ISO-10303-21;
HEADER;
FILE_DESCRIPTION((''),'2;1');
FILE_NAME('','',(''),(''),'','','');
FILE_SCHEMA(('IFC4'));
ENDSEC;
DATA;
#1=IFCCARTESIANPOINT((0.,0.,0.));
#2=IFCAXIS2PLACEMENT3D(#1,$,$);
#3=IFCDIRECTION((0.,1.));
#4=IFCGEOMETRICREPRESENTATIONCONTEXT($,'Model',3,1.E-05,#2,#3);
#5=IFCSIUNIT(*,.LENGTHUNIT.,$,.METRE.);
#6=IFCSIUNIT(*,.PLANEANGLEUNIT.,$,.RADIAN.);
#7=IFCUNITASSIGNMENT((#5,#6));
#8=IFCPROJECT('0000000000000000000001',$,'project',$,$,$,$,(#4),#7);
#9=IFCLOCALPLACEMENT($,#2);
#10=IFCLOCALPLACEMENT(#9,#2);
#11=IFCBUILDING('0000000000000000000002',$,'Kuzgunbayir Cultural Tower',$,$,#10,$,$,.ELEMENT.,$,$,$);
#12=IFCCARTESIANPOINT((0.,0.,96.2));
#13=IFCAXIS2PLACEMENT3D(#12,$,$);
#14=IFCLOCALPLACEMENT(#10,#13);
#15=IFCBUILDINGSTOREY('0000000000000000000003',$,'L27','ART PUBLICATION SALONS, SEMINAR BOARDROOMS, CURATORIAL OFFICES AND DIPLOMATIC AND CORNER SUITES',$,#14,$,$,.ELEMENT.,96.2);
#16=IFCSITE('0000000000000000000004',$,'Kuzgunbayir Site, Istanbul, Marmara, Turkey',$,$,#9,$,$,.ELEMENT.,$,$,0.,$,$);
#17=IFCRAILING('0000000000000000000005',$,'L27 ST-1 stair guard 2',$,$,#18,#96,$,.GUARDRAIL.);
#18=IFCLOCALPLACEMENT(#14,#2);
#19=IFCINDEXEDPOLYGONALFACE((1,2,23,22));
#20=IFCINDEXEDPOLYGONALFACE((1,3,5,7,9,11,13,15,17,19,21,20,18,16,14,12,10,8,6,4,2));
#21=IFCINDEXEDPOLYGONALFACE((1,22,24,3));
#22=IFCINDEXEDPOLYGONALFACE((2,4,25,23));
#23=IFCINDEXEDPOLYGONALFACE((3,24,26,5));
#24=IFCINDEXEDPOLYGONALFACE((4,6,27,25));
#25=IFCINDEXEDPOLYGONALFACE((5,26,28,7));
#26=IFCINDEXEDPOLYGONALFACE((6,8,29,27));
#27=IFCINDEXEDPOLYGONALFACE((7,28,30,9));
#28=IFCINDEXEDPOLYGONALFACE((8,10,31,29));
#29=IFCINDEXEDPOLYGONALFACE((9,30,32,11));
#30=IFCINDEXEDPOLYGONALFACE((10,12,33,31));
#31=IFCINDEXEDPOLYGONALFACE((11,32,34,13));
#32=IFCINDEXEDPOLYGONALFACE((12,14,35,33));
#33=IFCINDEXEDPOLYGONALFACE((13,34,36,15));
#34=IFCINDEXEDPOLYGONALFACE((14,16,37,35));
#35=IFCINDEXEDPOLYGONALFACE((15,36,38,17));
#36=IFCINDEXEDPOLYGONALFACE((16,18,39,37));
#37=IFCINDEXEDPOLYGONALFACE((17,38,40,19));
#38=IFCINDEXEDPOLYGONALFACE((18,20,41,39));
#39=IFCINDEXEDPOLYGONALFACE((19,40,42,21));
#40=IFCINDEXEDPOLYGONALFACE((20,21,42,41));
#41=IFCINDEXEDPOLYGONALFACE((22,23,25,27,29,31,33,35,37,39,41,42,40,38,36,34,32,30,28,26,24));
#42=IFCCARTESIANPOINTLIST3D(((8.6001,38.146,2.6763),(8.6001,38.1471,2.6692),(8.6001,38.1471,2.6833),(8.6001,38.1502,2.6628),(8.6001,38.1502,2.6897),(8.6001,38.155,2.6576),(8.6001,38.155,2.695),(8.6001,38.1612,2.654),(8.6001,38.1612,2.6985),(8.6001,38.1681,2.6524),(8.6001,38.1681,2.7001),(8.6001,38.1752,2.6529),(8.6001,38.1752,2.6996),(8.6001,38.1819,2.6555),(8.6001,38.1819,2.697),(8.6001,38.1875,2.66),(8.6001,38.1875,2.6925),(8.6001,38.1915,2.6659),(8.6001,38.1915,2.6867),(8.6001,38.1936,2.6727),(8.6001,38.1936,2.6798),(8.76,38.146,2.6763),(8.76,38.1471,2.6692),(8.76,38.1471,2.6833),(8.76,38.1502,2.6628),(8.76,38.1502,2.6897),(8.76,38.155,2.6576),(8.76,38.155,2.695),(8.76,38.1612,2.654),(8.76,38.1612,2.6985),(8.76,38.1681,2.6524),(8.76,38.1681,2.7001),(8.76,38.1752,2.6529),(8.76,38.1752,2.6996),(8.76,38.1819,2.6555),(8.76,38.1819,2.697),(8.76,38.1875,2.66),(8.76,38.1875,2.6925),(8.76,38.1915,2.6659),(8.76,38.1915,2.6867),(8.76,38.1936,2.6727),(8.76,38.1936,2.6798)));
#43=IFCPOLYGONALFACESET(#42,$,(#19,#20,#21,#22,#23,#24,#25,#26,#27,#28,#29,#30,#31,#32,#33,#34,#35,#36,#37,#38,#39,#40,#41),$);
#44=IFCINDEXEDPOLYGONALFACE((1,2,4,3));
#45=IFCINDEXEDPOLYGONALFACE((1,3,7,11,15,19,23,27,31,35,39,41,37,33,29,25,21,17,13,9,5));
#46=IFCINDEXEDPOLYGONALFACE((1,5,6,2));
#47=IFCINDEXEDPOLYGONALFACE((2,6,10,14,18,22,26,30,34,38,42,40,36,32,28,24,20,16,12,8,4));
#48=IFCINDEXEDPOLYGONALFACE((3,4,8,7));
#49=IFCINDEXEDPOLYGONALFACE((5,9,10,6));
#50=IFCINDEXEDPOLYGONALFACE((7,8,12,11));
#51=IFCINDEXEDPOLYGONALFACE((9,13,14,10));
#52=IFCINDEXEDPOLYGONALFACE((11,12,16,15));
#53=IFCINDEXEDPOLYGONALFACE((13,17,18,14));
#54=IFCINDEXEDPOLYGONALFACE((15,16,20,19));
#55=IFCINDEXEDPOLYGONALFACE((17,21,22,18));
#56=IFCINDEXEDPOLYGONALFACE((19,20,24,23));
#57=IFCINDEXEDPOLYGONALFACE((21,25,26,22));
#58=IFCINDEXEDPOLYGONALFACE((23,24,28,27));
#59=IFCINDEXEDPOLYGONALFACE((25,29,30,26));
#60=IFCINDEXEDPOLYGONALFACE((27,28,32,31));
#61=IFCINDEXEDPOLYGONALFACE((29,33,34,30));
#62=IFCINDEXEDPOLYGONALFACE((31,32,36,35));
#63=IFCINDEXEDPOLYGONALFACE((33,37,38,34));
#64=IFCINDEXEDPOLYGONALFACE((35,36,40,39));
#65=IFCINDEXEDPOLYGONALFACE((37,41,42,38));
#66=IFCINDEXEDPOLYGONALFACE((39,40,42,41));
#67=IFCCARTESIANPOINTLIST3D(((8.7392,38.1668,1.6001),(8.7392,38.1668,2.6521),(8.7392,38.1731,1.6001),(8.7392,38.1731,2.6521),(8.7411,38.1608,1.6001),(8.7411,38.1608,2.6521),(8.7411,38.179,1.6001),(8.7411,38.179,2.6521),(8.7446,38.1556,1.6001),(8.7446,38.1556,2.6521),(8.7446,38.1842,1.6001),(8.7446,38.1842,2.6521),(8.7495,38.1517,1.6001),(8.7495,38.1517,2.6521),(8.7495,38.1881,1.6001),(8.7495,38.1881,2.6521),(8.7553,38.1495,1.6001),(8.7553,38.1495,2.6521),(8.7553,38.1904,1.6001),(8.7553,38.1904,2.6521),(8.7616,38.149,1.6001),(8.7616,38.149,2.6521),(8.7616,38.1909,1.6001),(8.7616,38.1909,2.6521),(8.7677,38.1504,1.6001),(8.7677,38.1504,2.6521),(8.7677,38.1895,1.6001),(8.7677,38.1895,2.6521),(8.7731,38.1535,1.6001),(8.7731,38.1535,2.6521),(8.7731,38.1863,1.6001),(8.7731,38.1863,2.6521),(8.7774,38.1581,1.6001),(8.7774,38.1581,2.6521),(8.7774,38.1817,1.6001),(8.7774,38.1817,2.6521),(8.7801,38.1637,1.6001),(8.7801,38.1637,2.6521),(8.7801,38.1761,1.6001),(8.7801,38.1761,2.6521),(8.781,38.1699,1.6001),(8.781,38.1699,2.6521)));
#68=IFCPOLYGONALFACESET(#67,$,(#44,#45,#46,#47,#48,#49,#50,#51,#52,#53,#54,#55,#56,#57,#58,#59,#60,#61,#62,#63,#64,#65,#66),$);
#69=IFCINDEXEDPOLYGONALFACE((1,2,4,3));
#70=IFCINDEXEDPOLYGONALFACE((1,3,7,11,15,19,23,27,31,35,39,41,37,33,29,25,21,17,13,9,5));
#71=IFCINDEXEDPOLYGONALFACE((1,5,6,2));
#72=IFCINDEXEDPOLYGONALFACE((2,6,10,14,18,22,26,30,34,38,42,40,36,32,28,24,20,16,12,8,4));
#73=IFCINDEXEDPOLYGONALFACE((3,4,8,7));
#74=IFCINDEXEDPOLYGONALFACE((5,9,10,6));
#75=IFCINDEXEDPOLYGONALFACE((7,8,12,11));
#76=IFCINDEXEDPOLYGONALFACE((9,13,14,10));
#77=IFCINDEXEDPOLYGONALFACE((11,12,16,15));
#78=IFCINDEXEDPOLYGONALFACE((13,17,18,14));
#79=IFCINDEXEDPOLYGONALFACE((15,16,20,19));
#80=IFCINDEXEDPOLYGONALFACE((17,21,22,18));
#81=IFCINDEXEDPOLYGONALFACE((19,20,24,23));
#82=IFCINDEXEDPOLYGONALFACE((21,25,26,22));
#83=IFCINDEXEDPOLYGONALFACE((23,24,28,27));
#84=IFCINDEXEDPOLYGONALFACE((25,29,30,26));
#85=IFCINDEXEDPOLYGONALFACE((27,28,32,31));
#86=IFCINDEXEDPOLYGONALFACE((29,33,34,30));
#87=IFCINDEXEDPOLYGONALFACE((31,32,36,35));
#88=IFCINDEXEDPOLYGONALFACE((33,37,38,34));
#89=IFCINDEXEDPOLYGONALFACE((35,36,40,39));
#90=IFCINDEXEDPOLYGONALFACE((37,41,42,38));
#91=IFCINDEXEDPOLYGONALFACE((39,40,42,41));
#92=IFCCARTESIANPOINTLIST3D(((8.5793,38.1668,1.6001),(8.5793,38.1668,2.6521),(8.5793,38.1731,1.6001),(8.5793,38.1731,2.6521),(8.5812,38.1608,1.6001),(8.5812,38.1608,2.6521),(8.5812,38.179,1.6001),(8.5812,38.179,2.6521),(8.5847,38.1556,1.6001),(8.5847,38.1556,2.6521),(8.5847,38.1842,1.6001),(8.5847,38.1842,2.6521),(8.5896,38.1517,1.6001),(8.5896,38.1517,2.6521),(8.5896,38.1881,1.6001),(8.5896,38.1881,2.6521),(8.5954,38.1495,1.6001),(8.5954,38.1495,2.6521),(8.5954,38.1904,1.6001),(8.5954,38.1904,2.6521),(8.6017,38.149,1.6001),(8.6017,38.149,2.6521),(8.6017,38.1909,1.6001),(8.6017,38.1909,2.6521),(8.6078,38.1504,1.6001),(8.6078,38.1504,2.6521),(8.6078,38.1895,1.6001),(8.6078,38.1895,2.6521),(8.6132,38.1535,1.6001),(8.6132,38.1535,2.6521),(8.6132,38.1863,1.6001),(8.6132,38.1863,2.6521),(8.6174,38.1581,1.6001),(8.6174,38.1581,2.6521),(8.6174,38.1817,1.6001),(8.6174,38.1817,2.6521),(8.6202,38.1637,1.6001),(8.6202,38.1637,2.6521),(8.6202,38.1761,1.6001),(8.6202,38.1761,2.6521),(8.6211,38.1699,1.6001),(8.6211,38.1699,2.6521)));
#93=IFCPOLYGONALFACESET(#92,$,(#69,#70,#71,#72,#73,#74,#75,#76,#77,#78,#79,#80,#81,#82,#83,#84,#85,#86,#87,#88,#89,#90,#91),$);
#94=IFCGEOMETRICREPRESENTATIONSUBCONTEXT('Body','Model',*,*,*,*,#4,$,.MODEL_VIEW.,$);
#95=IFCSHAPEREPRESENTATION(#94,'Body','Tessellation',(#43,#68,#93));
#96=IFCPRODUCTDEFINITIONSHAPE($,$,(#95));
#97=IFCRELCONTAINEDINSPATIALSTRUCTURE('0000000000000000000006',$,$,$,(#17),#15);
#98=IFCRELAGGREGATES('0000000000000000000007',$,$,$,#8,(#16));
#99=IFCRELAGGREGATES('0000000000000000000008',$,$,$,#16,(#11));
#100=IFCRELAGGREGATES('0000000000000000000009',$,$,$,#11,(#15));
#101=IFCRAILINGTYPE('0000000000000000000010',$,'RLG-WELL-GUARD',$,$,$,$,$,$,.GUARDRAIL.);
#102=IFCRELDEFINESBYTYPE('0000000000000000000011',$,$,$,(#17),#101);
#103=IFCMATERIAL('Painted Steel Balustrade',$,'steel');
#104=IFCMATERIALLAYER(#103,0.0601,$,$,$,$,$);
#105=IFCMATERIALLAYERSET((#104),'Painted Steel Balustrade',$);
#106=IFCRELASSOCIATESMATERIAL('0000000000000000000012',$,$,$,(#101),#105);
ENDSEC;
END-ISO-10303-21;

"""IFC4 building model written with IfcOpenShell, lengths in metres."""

from ifc_helpers import new_model, si_unit, direction, frame, origin, origin_2d, place, context, subcontext, project, spatial, circle, extrude, material, layer, layer_set, type_object, element, save


model = new_model("IFC4")

# Units and contexts
model_context = context("Model", 3, precision=1e-05, world=origin(), true_north=direction((0.0, 1.0)))
body_context = subcontext(model_context, "Body", "Model", "MODEL_VIEW")
ifc_project = project(units=[si_unit("LENGTHUNIT", "METRE"), si_unit("PLANEANGLEUNIT", "RADIAN")], contexts=[model_context])

# Site, building, storey
site_placement = place(None, origin())
site = spatial("IfcSite", under=ifc_project, at=site_placement, Name="Kuzgunbayir Site, Istanbul, Marmara, Turkey", CompositionType="ELEMENT", RefElevation=0.0)
building_placement = place(site_placement, origin())
building = spatial("IfcBuilding", under=site, at=building_placement, Name="Kuzgunbayir Cultural Tower", CompositionType="ELEMENT")
storey_placement = place(building_placement, frame((0.0, 0.0, 96.2)))
storey = spatial("IfcBuildingStorey", under=building, at=storey_placement, Name="L27", Description="ART PUBLICATION SALONS, SEMINAR BOARDROOMS, CURATORIAL OFFICES AND DIPLOMATIC AND CORNER SUITES", CompositionType="ELEMENT", Elevation=96.2)

# Railing
ifc_material_1 = material(Name="Painted Steel Balustrade", Category="steel")
ifc_layer_1 = layer(ifc_material_1, 0.0601)
ifc_layer_set_1 = layer_set([ifc_layer_1], Name="Painted Steel Balustrade")
railing_type_1 = type_object("IfcRailingType", Name="RLG-WELL-GUARD", PredefinedType="GUARDRAIL", material=ifc_layer_set_1)
railing_1_placement = place(storey_placement, frame((8.76, 38.1699, 1.6001)))
element("IfcRailing", 1, at=railing_1_placement, inside=storey, type_object=railing_type_1, Name="L27 ST-1 stair guard 2", PredefinedType="GUARDRAIL", context=body_context, shape_type="SweptSolid", body=[
    extrude(circle(Radius=0.0239, at=origin_2d()), frame((0.0, 0.0, 1.0762), z_axis=(-1.0, 0.0, 0.0), x_axis=(0.0, -1.0, 0.0)), (0.0, 0.0, 1.0), 0.1599),
    extrude(circle(Radius=0.021, at=origin_2d()), origin(), (0.0, 0.0, 1.0), 1.052),
    extrude(circle(Radius=0.021, at=origin_2d()), frame((-0.1599, 0.0, 0.0)), (0.0, 0.0, 1.0), 1.052),
])

save(model, "model.ifc")
